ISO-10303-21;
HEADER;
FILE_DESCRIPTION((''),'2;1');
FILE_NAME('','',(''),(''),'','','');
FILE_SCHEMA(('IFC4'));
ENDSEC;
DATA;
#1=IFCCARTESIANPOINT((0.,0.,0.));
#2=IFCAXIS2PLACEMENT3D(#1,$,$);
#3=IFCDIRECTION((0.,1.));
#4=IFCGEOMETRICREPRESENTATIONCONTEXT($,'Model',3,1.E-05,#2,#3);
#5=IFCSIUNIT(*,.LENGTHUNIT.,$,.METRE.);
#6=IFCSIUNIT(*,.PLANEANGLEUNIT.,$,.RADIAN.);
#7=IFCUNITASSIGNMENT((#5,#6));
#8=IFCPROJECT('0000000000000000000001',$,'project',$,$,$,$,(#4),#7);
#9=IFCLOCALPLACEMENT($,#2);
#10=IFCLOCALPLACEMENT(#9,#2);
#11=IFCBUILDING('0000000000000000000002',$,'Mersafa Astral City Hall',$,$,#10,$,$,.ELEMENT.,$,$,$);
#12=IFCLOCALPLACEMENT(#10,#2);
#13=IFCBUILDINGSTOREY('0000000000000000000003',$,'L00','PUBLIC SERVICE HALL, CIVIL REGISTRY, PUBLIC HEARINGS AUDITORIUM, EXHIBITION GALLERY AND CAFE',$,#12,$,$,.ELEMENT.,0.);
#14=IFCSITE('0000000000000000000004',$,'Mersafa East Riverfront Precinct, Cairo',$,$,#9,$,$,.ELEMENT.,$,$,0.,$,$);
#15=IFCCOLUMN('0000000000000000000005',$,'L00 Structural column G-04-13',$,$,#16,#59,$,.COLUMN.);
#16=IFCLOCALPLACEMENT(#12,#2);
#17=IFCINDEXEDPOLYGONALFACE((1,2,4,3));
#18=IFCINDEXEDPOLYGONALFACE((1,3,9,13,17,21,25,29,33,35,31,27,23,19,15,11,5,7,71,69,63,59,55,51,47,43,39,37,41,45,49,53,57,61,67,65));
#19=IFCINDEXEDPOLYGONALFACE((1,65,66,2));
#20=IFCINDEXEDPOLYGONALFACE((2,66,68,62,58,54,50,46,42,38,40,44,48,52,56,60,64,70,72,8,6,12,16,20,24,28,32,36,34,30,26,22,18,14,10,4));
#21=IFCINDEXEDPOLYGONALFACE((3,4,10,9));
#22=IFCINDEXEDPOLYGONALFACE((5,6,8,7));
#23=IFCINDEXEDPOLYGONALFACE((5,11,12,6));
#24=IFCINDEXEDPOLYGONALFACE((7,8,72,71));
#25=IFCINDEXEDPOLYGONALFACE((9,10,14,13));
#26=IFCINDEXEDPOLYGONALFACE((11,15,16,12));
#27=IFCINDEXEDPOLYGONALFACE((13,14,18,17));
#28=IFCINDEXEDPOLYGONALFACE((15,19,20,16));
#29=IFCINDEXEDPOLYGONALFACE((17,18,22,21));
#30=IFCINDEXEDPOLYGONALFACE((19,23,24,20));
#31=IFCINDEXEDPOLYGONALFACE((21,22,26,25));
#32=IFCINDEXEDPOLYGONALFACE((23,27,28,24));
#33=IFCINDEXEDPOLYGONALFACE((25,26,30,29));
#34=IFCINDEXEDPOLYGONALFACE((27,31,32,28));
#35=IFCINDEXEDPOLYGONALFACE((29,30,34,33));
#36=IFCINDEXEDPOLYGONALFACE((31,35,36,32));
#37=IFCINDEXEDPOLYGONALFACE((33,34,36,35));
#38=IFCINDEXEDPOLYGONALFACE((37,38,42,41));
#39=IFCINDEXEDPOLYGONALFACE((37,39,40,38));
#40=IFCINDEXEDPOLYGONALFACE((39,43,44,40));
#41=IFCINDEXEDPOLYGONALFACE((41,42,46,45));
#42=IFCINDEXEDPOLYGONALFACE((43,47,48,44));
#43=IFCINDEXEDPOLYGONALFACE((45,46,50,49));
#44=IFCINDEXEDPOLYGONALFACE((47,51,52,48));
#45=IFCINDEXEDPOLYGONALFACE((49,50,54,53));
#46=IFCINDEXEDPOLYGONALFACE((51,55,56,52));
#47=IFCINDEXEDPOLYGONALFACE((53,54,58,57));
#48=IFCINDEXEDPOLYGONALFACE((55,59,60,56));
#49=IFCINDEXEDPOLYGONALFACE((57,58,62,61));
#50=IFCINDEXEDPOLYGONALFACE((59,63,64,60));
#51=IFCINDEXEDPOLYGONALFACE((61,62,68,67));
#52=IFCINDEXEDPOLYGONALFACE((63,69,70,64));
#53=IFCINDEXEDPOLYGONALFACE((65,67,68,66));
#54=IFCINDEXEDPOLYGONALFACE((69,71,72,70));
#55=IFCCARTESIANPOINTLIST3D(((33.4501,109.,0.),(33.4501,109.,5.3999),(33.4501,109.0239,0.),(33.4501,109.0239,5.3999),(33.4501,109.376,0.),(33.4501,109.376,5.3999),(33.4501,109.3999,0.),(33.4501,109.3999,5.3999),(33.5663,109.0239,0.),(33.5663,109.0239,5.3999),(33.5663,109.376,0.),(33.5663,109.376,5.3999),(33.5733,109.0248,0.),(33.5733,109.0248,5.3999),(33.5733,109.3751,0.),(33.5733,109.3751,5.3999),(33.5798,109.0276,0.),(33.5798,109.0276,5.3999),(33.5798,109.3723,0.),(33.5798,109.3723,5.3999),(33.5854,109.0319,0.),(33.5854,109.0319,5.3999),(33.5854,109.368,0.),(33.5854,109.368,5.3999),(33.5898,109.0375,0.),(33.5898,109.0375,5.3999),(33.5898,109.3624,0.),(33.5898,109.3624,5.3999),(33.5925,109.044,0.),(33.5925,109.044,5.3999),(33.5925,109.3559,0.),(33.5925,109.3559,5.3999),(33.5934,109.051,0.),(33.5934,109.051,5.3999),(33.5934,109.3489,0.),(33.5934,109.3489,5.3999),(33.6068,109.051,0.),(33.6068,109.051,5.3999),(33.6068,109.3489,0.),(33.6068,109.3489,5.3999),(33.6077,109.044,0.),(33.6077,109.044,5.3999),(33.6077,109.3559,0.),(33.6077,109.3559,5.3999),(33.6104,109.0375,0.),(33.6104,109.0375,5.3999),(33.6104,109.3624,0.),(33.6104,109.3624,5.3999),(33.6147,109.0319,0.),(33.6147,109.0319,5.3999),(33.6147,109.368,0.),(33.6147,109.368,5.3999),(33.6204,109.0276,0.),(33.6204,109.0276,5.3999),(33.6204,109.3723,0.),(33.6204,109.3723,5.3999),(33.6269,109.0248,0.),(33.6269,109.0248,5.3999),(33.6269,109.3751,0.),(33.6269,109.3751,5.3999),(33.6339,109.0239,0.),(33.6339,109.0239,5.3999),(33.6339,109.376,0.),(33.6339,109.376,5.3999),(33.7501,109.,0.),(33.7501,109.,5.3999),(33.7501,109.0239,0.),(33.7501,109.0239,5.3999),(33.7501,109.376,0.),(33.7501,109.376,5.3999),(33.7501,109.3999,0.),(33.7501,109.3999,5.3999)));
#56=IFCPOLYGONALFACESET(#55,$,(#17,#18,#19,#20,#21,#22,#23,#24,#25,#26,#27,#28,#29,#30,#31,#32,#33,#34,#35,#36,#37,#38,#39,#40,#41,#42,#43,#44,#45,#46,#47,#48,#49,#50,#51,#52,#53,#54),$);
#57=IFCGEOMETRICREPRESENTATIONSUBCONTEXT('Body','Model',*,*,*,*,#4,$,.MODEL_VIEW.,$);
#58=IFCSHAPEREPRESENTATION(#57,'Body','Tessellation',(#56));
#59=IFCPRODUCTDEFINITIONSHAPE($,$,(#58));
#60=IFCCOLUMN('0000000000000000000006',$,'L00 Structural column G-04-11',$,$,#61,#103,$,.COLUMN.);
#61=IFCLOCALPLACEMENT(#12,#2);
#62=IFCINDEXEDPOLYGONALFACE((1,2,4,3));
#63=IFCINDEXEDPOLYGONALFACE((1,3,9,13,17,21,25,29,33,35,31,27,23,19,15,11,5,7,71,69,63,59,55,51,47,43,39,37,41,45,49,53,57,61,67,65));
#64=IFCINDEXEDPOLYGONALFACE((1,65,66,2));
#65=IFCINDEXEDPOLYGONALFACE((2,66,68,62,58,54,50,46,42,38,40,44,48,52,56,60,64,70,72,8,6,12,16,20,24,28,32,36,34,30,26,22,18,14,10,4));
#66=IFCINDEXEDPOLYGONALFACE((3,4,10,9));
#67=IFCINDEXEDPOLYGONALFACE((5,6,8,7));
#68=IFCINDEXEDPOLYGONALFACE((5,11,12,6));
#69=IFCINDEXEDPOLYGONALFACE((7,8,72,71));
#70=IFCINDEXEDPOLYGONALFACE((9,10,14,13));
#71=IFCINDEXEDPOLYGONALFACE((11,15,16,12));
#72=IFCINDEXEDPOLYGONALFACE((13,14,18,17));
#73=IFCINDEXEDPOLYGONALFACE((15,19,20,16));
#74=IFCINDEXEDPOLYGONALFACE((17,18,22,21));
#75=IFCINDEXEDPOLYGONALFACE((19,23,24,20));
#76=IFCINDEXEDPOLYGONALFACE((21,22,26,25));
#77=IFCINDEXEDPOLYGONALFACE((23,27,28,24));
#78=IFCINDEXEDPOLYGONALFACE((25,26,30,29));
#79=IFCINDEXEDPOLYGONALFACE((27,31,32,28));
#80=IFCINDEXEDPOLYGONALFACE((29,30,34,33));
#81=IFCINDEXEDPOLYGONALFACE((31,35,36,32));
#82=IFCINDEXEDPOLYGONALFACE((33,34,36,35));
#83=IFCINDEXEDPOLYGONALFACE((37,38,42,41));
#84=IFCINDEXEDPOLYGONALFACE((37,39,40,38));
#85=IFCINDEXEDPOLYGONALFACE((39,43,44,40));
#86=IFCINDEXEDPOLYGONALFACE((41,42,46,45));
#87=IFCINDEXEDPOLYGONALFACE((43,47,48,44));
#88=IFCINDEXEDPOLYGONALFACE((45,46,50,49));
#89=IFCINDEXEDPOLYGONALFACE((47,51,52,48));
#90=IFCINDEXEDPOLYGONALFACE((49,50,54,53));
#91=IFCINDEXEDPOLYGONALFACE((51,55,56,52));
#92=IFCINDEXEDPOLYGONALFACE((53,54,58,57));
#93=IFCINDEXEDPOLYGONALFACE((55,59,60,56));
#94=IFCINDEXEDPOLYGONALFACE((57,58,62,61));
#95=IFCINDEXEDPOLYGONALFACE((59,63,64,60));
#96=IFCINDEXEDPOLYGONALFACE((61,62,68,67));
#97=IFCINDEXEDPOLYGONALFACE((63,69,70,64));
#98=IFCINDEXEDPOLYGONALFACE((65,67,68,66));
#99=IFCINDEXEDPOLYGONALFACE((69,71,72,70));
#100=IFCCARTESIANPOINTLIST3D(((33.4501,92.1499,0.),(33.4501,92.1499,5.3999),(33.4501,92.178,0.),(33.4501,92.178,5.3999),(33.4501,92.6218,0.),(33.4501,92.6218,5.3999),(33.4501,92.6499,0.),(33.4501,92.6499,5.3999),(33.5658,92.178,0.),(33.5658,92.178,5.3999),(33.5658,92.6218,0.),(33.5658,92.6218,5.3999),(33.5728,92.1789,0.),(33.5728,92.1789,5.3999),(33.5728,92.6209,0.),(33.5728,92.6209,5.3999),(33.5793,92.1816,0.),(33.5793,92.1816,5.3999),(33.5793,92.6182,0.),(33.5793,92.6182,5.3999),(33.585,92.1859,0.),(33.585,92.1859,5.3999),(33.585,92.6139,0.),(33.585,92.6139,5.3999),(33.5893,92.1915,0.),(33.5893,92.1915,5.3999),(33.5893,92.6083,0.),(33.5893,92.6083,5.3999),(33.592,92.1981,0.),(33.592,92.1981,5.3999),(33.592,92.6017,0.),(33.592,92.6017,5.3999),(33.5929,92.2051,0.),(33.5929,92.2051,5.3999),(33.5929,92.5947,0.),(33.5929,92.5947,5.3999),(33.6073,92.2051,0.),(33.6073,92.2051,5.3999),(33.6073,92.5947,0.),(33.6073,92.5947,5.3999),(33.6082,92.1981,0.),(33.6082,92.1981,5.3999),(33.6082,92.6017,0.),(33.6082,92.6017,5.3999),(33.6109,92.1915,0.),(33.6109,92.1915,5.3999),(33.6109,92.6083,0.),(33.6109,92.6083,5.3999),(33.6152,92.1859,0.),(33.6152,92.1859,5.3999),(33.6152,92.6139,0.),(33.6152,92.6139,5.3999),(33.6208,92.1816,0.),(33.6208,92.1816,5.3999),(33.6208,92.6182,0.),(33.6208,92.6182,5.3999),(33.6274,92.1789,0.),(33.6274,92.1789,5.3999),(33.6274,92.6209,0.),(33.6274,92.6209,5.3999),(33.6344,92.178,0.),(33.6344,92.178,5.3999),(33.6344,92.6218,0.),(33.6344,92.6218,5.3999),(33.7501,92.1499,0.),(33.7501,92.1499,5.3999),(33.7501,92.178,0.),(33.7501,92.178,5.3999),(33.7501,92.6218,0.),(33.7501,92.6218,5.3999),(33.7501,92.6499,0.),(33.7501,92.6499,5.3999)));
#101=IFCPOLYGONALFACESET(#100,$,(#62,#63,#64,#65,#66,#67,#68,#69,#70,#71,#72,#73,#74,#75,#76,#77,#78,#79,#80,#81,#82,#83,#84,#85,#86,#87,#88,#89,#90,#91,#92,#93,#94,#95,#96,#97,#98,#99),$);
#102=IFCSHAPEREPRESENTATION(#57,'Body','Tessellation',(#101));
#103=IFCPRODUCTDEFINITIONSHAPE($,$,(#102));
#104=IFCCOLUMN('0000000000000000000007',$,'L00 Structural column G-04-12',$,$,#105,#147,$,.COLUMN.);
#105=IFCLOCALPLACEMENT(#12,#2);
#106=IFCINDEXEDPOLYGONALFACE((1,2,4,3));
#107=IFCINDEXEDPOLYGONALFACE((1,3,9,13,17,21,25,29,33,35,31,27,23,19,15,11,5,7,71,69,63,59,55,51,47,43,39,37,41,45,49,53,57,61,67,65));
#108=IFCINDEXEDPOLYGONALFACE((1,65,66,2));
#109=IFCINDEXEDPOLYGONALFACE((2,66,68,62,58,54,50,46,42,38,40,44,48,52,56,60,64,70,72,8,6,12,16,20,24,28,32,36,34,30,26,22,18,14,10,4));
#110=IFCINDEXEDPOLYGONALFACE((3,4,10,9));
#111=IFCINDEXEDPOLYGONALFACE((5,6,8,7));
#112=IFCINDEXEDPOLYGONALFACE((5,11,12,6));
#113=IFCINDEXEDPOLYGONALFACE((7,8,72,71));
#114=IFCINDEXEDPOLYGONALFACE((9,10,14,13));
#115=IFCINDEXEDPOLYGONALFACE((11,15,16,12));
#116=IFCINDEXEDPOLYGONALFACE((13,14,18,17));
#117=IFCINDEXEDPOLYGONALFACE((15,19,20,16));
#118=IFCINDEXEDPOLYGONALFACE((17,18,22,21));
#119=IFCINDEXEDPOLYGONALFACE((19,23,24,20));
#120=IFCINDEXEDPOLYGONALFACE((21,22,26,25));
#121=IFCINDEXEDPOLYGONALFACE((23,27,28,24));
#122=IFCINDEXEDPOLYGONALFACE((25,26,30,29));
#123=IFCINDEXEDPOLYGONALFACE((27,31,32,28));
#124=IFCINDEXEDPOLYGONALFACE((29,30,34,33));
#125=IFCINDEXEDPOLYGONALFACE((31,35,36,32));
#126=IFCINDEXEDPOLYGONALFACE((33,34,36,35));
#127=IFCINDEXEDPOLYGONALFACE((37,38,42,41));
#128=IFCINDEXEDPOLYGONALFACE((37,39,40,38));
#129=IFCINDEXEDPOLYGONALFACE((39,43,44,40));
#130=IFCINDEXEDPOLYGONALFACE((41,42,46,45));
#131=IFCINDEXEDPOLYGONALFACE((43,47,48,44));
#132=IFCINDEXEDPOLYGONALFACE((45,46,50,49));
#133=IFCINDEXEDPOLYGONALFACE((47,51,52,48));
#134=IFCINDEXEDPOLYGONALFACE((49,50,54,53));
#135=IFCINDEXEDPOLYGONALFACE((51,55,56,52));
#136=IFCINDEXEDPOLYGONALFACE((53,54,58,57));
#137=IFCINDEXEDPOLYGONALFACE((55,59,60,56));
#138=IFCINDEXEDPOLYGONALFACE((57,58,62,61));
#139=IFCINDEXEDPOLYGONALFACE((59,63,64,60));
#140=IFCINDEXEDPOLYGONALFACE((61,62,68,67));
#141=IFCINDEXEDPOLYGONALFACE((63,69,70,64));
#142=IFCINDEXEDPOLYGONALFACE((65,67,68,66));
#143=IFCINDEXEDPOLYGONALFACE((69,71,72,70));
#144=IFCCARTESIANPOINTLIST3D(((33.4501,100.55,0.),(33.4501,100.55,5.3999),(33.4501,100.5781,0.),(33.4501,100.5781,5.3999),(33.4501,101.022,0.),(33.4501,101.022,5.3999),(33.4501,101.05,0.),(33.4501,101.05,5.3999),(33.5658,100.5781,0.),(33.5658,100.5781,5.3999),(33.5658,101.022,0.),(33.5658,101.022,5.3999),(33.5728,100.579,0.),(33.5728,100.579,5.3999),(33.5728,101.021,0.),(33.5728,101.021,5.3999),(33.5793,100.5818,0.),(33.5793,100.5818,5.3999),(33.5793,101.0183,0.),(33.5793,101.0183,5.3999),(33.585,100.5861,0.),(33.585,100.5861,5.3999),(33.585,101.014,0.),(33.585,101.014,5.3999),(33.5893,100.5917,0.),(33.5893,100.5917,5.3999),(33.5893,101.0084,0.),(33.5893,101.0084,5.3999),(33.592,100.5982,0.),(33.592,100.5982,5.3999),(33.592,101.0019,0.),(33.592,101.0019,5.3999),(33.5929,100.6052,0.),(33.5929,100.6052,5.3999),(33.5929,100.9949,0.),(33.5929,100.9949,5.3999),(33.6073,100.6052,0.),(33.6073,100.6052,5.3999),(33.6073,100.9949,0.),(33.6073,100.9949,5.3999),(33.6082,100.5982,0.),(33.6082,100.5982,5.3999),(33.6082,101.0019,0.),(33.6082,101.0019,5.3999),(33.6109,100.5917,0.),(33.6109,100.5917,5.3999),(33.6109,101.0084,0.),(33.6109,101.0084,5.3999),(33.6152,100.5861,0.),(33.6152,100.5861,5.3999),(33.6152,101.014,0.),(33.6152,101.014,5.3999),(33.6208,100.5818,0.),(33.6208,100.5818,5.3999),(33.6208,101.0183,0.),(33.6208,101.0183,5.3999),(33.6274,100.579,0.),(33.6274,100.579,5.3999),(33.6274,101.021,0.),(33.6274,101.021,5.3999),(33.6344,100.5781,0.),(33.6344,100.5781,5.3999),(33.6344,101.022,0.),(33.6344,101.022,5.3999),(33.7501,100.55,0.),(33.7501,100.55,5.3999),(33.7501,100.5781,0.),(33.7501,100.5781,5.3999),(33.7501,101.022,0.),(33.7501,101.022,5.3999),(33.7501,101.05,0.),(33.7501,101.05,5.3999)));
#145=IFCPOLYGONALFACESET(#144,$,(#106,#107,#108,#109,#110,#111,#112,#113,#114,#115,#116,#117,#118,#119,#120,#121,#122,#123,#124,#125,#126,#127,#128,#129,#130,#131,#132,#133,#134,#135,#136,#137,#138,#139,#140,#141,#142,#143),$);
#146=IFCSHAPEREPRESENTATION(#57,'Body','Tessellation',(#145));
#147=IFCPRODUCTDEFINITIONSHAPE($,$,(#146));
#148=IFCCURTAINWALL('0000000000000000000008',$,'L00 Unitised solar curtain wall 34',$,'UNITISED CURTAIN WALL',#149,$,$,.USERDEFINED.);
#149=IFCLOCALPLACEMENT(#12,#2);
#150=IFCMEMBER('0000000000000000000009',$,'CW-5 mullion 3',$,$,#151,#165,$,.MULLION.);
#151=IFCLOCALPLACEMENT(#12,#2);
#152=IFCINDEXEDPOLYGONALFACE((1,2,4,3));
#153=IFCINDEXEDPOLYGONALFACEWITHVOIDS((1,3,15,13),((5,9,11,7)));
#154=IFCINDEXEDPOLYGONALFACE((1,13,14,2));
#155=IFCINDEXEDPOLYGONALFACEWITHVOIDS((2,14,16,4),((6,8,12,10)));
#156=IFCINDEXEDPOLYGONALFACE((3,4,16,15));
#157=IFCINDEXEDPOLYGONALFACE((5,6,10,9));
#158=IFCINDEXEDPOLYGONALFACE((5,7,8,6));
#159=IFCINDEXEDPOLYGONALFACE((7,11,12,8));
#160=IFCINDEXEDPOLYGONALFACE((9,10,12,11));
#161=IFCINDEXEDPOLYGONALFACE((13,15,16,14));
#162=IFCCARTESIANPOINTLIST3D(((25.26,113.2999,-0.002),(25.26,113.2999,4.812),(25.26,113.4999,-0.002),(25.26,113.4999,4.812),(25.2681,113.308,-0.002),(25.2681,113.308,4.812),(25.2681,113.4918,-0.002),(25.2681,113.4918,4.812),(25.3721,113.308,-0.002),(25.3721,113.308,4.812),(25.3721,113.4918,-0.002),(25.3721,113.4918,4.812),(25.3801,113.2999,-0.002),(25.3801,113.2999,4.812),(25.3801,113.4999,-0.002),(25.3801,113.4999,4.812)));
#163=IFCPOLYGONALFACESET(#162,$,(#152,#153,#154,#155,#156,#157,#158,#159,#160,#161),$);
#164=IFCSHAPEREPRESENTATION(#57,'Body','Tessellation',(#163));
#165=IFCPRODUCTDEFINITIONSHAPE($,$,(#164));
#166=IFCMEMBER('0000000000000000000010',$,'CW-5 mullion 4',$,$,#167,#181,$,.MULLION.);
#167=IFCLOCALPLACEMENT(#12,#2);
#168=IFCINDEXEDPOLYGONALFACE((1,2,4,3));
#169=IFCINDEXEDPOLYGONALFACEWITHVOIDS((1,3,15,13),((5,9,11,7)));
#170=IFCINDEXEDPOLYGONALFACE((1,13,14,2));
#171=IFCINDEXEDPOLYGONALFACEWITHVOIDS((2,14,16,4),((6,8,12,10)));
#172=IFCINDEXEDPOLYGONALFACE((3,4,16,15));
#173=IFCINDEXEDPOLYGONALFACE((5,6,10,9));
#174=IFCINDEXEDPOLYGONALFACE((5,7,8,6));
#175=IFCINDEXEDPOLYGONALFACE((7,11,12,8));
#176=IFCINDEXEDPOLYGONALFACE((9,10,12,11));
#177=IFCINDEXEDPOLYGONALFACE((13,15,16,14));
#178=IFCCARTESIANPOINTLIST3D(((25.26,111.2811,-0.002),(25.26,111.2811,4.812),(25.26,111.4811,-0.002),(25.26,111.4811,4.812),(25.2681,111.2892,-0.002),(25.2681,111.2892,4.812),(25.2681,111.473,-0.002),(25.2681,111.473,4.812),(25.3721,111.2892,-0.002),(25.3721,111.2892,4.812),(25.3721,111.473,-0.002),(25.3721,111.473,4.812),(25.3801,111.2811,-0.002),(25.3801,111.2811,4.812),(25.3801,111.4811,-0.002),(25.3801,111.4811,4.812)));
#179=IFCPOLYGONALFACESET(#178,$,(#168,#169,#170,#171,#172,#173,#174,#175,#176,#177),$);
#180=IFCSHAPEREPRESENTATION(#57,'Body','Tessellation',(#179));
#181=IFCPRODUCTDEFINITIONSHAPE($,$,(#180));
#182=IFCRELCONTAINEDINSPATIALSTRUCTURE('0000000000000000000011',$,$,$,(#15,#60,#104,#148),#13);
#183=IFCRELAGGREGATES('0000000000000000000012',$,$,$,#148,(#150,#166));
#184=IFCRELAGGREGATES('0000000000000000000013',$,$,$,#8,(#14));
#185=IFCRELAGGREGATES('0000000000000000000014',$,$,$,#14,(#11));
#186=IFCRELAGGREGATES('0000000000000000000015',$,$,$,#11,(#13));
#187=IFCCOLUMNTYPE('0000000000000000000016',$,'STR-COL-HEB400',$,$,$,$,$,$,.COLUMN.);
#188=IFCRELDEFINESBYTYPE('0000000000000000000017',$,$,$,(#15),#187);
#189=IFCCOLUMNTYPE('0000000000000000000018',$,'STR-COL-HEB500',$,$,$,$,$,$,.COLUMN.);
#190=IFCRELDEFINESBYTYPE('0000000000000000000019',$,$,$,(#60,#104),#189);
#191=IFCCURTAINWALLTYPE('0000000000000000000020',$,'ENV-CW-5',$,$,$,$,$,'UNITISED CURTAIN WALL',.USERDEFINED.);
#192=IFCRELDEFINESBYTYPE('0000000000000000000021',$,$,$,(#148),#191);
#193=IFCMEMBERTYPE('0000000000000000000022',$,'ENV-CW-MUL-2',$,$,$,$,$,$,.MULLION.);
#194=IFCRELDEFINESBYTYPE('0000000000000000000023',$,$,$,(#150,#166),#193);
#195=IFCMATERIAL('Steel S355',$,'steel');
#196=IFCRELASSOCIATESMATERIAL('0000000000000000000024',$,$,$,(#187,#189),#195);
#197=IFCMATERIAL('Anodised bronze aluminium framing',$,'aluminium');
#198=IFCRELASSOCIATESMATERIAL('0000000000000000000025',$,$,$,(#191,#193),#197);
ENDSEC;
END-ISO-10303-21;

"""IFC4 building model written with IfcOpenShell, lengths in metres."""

from ifc_helpers import new_model, si_unit, direction, frame, origin, origin_2d, place, context, subcontext, project, spatial, hollow_rectangle, i_section, extrude, material, material_profile, profile_set, type_object, element, aggregate, save


model = new_model("IFC4")

# Units and contexts
model_context = context("Model", 3, precision=1e-05, world=origin(), true_north=direction((0.0, 1.0)))
body_context = subcontext(model_context, "Body", "Model", "MODEL_VIEW")
ifc_project = project(units=[si_unit("LENGTHUNIT", "METRE"), si_unit("PLANEANGLEUNIT", "RADIAN")], contexts=[model_context])

# Site, building, storey
site_placement = place(None, origin())
site = spatial("IfcSite", under=ifc_project, at=site_placement, Name="Mersafa East Riverfront Precinct, Cairo", CompositionType="ELEMENT", RefElevation=0.0)
building_placement = place(site_placement, origin())
building = spatial("IfcBuilding", under=site, at=building_placement, Name="Mersafa Astral City Hall", CompositionType="ELEMENT")
storey_placement = place(building_placement, origin())
storey = spatial("IfcBuildingStorey", under=building, at=storey_placement, Name="L00", Description="PUBLIC SERVICE HALL, CIVIL REGISTRY, PUBLIC HEARINGS AUDITORIUM, EXHIBITION GALLERY AND CAFE", CompositionType="ELEMENT", Elevation=0.0)

# Columns
ifc_material_1 = material(Name="Steel S355", Category="steel")
ifc_material_profile_1 = material_profile(ifc_material_1, i_section(OverallWidth=0.3, OverallDepth=0.3999, WebThickness=0.0134, FlangeThickness=0.0239, FilletRadius=0.0271, at=origin_2d()), Name="HEB 400")
ifc_profile_set_1 = profile_set([ifc_material_profile_1], Name="Steel S355")
column_type_1 = type_object("IfcColumnType", Name="STR-COL-HEB400", PredefinedType="COLUMN", material=ifc_profile_set_1)
column_placement = place(storey_placement, frame((33.6001, 109.2, 0.0), z_axis=(0.0, 0.0, 1.0), x_axis=(1.0, 0.0, 0.0)))
element("IfcColumn", 1, at=column_placement, inside=storey, type_object=column_type_1, Name="L00 Structural column G-04-13", PredefinedType="COLUMN", context=body_context, shape_type="SweptSolid", body=[
    extrude(i_section(OverallWidth=0.3, OverallDepth=0.3999, WebThickness=0.0134, FlangeThickness=0.0239, FilletRadius=0.0271, at=origin_2d()), origin(), (0.0, 0.0, 1.0), 5.3999),
])
ifc_material_profile_2 = material_profile(ifc_material_1, i_section(OverallWidth=0.3, OverallDepth=0.5, WebThickness=0.0144, FlangeThickness=0.0281, FilletRadius=0.0271, at=origin_2d()), Name="HEB 500")
ifc_profile_set_2 = profile_set([ifc_material_profile_2], Name="Steel S355")
column_type_2 = type_object("IfcColumnType", Name="STR-COL-HEB500", PredefinedType="COLUMN", material=ifc_profile_set_2)
for number, where, z_axis, x_axis, name in (
    (2, (33.6001, 92.3999, 0.0), (0.0, 0.0, 1.0), (1.0, 0.0, 0.0), "L00 Structural column G-04-11"),
    (3, (33.6001, 100.8, 0.0), (0.0, 0.0, 1.0), (1.0, 0.0, 0.0), "L00 Structural column G-04-12"),
):
    element("IfcColumn", number, at=place(storey_placement, frame(where, z_axis=z_axis, x_axis=x_axis)), inside=storey, type_object=column_type_2, Name=name, PredefinedType="COLUMN", context=body_context, shape_type="SweptSolid", body=[
        extrude(i_section(OverallWidth=0.3, OverallDepth=0.5, WebThickness=0.0144, FlangeThickness=0.0281, FilletRadius=0.0271, at=origin_2d()), origin(), (0.0, 0.0, 1.0), 5.3999),
    ])

# Curtain wall, members
ifc_material_2 = material(Name="Anodised bronze aluminium framing", Category="aluminium")
curtain_wall_type = type_object("IfcCurtainWallType", Name="ENV-CW-5", ElementType="UNITISED CURTAIN WALL", PredefinedType="USERDEFINED", material=ifc_material_2)
curtain_wall_placement = place(storey_placement, origin())
curtain_wall = element("IfcCurtainWall", 4, at=curtain_wall_placement, inside=storey, type_object=curtain_wall_type, Name="L00 Unitised solar curtain wall 34", ObjectType="UNITISED CURTAIN WALL", PredefinedType="USERDEFINED")
ifc_material_profile_3 = material_profile(ifc_material_2, hollow_rectangle(XDim=0.1201, YDim=0.2, WallThickness=0.0081, at=origin_2d()), Name="RHS 120x200x8")
ifc_profile_set_3 = profile_set([ifc_material_profile_3], Name="Anodised bronze aluminium framing")
member_type_1 = type_object("IfcMemberType", Name="ENV-CW-MUL-2", PredefinedType="MULLION", material=ifc_profile_set_3)
member_1_placement = place(storey_placement, frame((25.3201, 113.3999, -0.002), z_axis=(0.0, 0.0, 1.0), x_axis=(1.0, 0.0, 0.0)))
member_1 = element("IfcMember", 5, at=member_1_placement, type_object=member_type_1, Name="CW-5 mullion 3", PredefinedType="MULLION", context=body_context, shape_type="SweptSolid", body=[
    extrude(hollow_rectangle(XDim=0.1201, YDim=0.2, WallThickness=0.0081, at=origin_2d()), origin(), (0.0, 0.0, 1.0), 4.814),
])
member_2_placement = place(storey_placement, frame((25.3201, 111.3811, -0.002), z_axis=(0.0, 0.0, 1.0), x_axis=(1.0, 0.0, 0.0)))
member_2 = element("IfcMember", 6, at=member_2_placement, type_object=member_type_1, Name="CW-5 mullion 4", PredefinedType="MULLION", context=body_context, shape_type="SweptSolid", body=[
    extrude(hollow_rectangle(XDim=0.1201, YDim=0.2, WallThickness=0.0081, at=origin_2d()), origin(), (0.0, 0.0, 1.0), 4.814),
])

aggregate(curtain_wall, [member_1, member_2])

save(model, "model.ifc")
